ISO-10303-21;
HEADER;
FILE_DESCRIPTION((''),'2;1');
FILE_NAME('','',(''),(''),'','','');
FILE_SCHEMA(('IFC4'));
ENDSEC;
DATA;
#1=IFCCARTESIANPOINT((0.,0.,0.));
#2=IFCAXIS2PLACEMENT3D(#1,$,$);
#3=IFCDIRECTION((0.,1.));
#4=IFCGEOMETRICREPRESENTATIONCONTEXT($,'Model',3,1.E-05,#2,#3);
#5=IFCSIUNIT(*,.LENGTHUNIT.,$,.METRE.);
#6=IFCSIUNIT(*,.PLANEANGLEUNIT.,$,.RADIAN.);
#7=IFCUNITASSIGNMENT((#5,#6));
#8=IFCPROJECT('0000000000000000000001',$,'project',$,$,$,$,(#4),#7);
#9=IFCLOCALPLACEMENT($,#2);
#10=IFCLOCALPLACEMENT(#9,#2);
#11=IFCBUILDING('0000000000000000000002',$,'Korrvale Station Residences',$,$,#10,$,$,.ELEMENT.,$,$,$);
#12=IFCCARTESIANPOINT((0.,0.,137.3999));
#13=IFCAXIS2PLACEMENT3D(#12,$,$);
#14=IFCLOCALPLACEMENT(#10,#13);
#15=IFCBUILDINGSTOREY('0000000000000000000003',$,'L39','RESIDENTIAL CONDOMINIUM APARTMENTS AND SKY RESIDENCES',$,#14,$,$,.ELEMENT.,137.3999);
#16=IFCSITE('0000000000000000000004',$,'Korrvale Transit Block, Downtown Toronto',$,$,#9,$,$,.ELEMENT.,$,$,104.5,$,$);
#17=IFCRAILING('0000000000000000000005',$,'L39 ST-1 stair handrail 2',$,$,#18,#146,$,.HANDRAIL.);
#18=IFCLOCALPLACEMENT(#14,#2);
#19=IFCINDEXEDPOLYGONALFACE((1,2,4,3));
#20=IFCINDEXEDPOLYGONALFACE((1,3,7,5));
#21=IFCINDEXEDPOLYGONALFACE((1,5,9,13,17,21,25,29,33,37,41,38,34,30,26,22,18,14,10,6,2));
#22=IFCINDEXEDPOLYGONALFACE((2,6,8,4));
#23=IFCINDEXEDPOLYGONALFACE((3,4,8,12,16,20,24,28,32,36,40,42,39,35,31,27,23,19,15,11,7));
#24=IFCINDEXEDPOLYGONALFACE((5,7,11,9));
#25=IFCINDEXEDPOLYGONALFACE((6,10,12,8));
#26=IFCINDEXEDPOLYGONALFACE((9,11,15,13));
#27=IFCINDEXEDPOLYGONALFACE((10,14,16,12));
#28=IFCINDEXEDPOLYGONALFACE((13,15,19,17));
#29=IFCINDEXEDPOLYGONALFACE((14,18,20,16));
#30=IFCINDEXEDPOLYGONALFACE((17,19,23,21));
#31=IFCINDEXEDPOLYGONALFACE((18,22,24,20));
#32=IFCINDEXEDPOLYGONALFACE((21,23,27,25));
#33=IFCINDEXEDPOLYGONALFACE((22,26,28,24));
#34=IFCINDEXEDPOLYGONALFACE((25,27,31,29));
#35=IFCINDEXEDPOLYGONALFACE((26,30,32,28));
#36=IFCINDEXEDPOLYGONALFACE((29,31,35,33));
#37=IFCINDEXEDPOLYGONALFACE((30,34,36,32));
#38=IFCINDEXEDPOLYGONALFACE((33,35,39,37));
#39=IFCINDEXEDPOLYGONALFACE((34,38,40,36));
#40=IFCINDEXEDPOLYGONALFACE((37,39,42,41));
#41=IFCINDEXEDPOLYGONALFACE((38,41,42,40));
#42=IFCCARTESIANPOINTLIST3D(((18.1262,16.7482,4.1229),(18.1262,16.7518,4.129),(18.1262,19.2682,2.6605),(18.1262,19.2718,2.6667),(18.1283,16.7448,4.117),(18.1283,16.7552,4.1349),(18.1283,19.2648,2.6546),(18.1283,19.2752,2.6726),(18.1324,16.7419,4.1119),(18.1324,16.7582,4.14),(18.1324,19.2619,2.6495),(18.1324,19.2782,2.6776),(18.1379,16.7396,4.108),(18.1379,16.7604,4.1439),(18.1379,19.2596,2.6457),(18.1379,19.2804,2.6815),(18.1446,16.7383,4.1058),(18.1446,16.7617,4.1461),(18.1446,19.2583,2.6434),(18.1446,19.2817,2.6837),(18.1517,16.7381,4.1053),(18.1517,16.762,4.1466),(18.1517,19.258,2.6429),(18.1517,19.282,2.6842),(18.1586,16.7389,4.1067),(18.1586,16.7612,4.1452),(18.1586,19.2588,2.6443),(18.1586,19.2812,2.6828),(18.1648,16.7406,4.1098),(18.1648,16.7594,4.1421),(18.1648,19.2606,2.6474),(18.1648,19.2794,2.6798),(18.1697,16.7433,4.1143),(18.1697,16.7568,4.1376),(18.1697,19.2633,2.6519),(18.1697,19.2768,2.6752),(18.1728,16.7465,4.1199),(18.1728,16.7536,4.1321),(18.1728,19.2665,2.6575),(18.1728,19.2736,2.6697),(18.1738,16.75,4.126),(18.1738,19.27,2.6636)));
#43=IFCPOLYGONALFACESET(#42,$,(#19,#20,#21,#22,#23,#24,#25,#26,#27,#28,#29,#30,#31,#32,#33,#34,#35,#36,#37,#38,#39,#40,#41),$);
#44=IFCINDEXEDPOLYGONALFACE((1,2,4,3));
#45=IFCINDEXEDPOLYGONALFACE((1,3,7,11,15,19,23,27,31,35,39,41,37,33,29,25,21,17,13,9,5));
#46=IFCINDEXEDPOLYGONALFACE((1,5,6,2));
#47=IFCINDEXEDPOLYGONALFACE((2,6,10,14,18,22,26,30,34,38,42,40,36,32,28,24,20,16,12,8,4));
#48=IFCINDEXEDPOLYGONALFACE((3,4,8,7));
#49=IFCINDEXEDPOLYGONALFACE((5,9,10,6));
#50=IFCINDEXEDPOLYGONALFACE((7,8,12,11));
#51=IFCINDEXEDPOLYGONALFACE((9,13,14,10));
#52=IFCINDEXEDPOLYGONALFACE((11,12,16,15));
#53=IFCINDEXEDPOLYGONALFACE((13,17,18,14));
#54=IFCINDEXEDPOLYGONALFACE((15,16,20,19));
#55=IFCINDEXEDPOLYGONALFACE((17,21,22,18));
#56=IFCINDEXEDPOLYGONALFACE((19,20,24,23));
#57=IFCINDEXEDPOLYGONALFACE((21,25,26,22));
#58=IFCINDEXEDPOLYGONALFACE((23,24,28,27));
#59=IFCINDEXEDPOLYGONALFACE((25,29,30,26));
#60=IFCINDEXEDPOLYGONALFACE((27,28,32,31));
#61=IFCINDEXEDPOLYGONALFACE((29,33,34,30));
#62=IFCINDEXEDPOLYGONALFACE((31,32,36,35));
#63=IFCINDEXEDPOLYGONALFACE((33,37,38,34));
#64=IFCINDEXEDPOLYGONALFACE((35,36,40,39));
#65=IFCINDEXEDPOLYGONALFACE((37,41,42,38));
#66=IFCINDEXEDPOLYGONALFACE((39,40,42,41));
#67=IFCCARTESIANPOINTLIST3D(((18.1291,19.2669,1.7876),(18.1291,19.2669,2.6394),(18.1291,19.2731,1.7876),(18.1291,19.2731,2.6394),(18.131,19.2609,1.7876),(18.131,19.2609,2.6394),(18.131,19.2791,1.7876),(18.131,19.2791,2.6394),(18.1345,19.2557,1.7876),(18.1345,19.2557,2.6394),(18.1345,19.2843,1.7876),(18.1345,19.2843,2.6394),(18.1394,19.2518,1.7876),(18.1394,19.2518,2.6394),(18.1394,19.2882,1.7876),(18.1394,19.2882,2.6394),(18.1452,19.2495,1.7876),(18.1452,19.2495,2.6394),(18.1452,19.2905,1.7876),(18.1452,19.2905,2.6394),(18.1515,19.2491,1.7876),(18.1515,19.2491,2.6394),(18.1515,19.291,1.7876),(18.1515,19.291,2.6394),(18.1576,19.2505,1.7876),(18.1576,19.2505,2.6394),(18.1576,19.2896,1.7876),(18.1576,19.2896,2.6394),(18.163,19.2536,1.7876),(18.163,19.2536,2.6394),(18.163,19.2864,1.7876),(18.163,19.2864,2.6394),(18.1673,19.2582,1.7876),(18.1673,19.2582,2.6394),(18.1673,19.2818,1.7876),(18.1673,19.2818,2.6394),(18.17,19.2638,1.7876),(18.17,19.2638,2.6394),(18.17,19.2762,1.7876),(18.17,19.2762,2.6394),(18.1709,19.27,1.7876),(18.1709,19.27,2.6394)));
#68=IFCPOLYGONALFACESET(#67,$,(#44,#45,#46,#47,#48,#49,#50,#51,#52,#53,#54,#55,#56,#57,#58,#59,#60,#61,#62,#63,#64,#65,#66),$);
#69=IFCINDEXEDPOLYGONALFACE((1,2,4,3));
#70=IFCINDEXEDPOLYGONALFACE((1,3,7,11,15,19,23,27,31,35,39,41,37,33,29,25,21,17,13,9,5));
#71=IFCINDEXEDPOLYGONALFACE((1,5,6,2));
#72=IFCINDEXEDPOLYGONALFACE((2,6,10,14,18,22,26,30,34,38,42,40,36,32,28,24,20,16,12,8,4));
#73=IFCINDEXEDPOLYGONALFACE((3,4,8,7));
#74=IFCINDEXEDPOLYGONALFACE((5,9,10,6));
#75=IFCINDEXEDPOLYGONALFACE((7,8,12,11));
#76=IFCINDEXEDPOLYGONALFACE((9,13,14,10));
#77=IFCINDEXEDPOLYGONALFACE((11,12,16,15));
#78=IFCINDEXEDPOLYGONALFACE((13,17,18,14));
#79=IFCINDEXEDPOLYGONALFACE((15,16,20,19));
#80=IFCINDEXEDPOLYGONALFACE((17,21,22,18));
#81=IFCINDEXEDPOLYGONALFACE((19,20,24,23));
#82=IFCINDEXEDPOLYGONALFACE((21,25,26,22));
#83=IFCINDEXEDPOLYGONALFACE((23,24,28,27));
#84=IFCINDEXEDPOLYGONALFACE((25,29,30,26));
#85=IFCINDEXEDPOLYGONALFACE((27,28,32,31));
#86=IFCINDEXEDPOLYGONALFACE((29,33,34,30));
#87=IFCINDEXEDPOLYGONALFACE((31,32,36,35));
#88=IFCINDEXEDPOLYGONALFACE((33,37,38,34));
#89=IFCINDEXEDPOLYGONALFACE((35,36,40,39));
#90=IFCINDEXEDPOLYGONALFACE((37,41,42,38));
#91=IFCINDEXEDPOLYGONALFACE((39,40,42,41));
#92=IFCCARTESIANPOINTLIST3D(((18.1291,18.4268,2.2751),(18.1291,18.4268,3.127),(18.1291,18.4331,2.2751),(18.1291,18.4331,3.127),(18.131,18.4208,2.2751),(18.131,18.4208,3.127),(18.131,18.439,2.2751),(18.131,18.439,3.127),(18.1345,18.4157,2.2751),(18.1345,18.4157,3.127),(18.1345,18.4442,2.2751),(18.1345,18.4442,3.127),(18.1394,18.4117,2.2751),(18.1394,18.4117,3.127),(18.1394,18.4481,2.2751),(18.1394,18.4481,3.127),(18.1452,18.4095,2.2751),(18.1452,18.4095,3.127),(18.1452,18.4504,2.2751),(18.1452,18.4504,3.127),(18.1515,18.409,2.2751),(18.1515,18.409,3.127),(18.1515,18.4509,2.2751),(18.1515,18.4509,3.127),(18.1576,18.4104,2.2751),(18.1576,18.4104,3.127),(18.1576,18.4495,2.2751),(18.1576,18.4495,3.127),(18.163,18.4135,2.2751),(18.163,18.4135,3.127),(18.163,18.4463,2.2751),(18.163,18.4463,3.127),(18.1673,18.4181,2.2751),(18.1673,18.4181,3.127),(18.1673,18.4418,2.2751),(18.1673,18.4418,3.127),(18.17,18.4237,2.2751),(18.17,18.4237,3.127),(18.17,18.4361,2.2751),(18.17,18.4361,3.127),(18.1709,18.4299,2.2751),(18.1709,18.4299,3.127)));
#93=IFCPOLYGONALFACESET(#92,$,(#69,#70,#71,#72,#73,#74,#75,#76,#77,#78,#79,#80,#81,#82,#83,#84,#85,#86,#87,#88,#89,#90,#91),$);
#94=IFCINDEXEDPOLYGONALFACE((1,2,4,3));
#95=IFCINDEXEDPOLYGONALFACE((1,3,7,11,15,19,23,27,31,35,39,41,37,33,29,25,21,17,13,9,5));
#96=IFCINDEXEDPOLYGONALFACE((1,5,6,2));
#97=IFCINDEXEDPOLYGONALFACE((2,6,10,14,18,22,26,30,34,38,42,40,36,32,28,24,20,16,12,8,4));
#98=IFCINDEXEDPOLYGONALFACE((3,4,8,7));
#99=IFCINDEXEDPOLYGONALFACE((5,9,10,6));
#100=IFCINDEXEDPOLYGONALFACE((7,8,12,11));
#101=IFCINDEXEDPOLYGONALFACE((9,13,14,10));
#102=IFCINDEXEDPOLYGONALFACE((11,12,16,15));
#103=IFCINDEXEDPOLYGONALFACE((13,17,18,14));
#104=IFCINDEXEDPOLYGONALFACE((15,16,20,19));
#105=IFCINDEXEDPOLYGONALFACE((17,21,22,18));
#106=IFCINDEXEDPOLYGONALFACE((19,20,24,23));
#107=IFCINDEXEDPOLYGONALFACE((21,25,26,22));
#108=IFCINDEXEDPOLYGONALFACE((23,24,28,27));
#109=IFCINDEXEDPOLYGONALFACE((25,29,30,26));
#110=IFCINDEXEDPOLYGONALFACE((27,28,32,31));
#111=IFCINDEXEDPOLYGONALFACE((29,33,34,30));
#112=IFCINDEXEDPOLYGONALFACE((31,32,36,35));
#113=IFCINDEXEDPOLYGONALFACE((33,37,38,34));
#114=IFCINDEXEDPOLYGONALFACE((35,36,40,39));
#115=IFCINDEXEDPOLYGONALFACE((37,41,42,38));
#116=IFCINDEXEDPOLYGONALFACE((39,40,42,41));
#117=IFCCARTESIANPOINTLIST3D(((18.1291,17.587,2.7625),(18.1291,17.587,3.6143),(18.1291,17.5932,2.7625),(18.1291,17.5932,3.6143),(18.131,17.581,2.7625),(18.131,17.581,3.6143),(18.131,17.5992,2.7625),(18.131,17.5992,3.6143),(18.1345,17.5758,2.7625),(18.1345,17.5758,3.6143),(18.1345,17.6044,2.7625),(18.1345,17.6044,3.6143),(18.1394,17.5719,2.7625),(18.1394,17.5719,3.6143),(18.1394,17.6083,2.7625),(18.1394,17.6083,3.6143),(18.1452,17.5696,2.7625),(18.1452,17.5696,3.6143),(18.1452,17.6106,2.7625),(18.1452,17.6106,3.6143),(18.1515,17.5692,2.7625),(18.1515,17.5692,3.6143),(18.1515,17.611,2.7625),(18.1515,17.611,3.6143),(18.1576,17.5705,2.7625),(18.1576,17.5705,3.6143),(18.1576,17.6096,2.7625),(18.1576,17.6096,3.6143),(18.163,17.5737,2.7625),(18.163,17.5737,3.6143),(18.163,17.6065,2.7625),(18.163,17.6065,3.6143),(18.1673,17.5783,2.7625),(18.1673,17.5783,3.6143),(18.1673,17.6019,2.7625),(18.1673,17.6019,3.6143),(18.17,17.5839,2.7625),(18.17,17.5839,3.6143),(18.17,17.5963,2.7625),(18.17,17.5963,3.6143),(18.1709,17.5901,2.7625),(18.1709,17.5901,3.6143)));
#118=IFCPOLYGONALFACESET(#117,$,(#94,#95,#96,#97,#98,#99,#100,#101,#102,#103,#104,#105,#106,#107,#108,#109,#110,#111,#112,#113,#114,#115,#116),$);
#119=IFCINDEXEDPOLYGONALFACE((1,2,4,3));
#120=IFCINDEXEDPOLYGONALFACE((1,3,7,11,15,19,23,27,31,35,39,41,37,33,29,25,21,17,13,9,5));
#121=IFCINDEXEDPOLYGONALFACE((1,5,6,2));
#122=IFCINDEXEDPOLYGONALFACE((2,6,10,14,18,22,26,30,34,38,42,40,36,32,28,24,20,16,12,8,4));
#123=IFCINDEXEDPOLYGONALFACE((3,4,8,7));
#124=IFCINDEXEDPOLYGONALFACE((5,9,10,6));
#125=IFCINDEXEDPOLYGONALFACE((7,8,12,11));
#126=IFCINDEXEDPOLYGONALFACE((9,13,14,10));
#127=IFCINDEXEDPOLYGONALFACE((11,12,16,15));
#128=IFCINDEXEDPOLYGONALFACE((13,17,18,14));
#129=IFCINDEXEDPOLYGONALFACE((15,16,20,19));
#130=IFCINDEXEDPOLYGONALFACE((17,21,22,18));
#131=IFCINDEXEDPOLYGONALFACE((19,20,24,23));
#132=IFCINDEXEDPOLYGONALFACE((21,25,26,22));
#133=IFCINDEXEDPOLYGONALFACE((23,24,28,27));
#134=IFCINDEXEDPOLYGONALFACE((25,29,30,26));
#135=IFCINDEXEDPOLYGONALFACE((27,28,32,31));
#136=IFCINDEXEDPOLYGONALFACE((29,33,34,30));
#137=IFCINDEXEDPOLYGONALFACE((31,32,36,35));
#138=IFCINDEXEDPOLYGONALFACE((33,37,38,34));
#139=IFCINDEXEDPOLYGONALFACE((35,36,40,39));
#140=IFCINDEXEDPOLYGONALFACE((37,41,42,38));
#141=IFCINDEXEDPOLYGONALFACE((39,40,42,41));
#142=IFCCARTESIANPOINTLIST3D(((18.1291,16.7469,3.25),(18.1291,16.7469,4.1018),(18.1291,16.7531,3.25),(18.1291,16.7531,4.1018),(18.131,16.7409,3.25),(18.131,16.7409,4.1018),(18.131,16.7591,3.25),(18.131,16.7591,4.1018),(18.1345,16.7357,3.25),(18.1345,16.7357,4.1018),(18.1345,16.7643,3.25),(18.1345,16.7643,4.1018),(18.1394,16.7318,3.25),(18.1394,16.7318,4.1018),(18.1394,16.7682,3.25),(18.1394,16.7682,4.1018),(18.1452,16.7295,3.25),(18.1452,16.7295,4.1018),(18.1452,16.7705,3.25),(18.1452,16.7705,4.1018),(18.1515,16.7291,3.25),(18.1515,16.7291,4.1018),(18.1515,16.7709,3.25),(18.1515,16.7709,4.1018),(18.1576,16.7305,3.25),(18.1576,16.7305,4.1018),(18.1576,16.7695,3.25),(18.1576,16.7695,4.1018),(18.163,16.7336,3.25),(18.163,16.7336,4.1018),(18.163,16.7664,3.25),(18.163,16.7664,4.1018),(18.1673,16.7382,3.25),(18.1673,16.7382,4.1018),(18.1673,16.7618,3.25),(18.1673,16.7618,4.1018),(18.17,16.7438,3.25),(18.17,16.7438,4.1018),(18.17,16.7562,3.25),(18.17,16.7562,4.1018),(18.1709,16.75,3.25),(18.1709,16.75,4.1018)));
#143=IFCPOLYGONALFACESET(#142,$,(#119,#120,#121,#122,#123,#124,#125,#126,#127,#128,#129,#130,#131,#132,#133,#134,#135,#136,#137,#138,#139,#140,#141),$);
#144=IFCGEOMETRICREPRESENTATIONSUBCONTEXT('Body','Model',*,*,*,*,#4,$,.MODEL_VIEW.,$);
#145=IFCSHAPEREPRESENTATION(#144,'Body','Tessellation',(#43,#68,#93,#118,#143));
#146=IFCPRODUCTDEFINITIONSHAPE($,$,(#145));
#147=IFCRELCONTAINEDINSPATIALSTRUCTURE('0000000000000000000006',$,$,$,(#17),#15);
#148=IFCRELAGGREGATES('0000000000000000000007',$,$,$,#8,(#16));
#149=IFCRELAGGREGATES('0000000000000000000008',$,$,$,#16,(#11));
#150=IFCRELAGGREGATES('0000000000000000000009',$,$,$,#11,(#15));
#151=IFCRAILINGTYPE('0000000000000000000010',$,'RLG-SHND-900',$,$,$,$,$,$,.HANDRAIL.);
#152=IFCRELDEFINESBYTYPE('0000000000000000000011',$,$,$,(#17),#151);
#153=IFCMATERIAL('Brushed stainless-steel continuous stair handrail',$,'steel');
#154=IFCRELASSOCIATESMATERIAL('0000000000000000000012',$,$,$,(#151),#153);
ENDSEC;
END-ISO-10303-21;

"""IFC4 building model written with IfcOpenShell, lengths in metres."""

from ifc_helpers import new_model, si_unit, direction, frame, origin, origin_2d, place, context, subcontext, project, spatial, circle, extrude, material, type_object, element, save


model = new_model("IFC4")

# Units and contexts
model_context = context("Model", 3, precision=1e-05, world=origin(), true_north=direction((0.0, 1.0)))
body_context = subcontext(model_context, "Body", "Model", "MODEL_VIEW")
ifc_project = project(units=[si_unit("LENGTHUNIT", "METRE"), si_unit("PLANEANGLEUNIT", "RADIAN")], contexts=[model_context])

# Site, building, storey
site_placement = place(None, origin())
site = spatial("IfcSite", under=ifc_project, at=site_placement, Name="Korrvale Transit Block, Downtown Toronto", CompositionType="ELEMENT", RefElevation=104.5)
building_placement = place(site_placement, origin())
building = spatial("IfcBuilding", under=site, at=building_placement, Name="Korrvale Station Residences", CompositionType="ELEMENT")
storey_placement = place(building_placement, frame((0.0, 0.0, 137.3999)))
storey = spatial("IfcBuildingStorey", under=building, at=storey_placement, Name="L39", Description="RESIDENTIAL CONDOMINIUM APARTMENTS AND SKY RESIDENCES", CompositionType="ELEMENT", Elevation=137.3999)

# Railing
ifc_material_1 = material(Name="Brushed stainless-steel continuous stair handrail", Category="steel")
railing_type_1 = type_object("IfcRailingType", Name="RLG-SHND-900", PredefinedType="HANDRAIL", material=ifc_material_1)
railing_1_placement = place(storey_placement, frame((18.1499, 19.27, 1.7876)))
element("IfcRailing", 1, at=railing_1_placement, inside=storey, type_object=railing_type_1, Name="L39 ST-1 stair handrail 2", PredefinedType="HANDRAIL", context=body_context, shape_type="SweptSolid", body=[
    extrude(circle(Radius=0.0239, at=origin_2d()), frame((0.0, 0.0, 0.876), z_axis=(0.0, -0.864913, 0.501921), x_axis=(1.0, 0.0, 0.0)), (0.0, 0.0, 1.0), 2.9136),
    extrude(circle(Radius=0.021, at=origin_2d()), origin(), (0.0, 0.0, 1.0), 0.8518),
    extrude(circle(Radius=0.021, at=origin_2d()), frame((0.0, -0.8401, 0.4875)), (0.0, 0.0, 1.0), 0.8518),
    extrude(circle(Radius=0.021, at=origin_2d()), frame((0.0, -1.6799, 0.9749)), (0.0, 0.0, 1.0), 0.8518),
    extrude(circle(Radius=0.021, at=origin_2d()), frame((0.0, -2.52, 1.4624)), (0.0, 0.0, 1.0), 0.8518),
])

save(model, "model.ifc")
